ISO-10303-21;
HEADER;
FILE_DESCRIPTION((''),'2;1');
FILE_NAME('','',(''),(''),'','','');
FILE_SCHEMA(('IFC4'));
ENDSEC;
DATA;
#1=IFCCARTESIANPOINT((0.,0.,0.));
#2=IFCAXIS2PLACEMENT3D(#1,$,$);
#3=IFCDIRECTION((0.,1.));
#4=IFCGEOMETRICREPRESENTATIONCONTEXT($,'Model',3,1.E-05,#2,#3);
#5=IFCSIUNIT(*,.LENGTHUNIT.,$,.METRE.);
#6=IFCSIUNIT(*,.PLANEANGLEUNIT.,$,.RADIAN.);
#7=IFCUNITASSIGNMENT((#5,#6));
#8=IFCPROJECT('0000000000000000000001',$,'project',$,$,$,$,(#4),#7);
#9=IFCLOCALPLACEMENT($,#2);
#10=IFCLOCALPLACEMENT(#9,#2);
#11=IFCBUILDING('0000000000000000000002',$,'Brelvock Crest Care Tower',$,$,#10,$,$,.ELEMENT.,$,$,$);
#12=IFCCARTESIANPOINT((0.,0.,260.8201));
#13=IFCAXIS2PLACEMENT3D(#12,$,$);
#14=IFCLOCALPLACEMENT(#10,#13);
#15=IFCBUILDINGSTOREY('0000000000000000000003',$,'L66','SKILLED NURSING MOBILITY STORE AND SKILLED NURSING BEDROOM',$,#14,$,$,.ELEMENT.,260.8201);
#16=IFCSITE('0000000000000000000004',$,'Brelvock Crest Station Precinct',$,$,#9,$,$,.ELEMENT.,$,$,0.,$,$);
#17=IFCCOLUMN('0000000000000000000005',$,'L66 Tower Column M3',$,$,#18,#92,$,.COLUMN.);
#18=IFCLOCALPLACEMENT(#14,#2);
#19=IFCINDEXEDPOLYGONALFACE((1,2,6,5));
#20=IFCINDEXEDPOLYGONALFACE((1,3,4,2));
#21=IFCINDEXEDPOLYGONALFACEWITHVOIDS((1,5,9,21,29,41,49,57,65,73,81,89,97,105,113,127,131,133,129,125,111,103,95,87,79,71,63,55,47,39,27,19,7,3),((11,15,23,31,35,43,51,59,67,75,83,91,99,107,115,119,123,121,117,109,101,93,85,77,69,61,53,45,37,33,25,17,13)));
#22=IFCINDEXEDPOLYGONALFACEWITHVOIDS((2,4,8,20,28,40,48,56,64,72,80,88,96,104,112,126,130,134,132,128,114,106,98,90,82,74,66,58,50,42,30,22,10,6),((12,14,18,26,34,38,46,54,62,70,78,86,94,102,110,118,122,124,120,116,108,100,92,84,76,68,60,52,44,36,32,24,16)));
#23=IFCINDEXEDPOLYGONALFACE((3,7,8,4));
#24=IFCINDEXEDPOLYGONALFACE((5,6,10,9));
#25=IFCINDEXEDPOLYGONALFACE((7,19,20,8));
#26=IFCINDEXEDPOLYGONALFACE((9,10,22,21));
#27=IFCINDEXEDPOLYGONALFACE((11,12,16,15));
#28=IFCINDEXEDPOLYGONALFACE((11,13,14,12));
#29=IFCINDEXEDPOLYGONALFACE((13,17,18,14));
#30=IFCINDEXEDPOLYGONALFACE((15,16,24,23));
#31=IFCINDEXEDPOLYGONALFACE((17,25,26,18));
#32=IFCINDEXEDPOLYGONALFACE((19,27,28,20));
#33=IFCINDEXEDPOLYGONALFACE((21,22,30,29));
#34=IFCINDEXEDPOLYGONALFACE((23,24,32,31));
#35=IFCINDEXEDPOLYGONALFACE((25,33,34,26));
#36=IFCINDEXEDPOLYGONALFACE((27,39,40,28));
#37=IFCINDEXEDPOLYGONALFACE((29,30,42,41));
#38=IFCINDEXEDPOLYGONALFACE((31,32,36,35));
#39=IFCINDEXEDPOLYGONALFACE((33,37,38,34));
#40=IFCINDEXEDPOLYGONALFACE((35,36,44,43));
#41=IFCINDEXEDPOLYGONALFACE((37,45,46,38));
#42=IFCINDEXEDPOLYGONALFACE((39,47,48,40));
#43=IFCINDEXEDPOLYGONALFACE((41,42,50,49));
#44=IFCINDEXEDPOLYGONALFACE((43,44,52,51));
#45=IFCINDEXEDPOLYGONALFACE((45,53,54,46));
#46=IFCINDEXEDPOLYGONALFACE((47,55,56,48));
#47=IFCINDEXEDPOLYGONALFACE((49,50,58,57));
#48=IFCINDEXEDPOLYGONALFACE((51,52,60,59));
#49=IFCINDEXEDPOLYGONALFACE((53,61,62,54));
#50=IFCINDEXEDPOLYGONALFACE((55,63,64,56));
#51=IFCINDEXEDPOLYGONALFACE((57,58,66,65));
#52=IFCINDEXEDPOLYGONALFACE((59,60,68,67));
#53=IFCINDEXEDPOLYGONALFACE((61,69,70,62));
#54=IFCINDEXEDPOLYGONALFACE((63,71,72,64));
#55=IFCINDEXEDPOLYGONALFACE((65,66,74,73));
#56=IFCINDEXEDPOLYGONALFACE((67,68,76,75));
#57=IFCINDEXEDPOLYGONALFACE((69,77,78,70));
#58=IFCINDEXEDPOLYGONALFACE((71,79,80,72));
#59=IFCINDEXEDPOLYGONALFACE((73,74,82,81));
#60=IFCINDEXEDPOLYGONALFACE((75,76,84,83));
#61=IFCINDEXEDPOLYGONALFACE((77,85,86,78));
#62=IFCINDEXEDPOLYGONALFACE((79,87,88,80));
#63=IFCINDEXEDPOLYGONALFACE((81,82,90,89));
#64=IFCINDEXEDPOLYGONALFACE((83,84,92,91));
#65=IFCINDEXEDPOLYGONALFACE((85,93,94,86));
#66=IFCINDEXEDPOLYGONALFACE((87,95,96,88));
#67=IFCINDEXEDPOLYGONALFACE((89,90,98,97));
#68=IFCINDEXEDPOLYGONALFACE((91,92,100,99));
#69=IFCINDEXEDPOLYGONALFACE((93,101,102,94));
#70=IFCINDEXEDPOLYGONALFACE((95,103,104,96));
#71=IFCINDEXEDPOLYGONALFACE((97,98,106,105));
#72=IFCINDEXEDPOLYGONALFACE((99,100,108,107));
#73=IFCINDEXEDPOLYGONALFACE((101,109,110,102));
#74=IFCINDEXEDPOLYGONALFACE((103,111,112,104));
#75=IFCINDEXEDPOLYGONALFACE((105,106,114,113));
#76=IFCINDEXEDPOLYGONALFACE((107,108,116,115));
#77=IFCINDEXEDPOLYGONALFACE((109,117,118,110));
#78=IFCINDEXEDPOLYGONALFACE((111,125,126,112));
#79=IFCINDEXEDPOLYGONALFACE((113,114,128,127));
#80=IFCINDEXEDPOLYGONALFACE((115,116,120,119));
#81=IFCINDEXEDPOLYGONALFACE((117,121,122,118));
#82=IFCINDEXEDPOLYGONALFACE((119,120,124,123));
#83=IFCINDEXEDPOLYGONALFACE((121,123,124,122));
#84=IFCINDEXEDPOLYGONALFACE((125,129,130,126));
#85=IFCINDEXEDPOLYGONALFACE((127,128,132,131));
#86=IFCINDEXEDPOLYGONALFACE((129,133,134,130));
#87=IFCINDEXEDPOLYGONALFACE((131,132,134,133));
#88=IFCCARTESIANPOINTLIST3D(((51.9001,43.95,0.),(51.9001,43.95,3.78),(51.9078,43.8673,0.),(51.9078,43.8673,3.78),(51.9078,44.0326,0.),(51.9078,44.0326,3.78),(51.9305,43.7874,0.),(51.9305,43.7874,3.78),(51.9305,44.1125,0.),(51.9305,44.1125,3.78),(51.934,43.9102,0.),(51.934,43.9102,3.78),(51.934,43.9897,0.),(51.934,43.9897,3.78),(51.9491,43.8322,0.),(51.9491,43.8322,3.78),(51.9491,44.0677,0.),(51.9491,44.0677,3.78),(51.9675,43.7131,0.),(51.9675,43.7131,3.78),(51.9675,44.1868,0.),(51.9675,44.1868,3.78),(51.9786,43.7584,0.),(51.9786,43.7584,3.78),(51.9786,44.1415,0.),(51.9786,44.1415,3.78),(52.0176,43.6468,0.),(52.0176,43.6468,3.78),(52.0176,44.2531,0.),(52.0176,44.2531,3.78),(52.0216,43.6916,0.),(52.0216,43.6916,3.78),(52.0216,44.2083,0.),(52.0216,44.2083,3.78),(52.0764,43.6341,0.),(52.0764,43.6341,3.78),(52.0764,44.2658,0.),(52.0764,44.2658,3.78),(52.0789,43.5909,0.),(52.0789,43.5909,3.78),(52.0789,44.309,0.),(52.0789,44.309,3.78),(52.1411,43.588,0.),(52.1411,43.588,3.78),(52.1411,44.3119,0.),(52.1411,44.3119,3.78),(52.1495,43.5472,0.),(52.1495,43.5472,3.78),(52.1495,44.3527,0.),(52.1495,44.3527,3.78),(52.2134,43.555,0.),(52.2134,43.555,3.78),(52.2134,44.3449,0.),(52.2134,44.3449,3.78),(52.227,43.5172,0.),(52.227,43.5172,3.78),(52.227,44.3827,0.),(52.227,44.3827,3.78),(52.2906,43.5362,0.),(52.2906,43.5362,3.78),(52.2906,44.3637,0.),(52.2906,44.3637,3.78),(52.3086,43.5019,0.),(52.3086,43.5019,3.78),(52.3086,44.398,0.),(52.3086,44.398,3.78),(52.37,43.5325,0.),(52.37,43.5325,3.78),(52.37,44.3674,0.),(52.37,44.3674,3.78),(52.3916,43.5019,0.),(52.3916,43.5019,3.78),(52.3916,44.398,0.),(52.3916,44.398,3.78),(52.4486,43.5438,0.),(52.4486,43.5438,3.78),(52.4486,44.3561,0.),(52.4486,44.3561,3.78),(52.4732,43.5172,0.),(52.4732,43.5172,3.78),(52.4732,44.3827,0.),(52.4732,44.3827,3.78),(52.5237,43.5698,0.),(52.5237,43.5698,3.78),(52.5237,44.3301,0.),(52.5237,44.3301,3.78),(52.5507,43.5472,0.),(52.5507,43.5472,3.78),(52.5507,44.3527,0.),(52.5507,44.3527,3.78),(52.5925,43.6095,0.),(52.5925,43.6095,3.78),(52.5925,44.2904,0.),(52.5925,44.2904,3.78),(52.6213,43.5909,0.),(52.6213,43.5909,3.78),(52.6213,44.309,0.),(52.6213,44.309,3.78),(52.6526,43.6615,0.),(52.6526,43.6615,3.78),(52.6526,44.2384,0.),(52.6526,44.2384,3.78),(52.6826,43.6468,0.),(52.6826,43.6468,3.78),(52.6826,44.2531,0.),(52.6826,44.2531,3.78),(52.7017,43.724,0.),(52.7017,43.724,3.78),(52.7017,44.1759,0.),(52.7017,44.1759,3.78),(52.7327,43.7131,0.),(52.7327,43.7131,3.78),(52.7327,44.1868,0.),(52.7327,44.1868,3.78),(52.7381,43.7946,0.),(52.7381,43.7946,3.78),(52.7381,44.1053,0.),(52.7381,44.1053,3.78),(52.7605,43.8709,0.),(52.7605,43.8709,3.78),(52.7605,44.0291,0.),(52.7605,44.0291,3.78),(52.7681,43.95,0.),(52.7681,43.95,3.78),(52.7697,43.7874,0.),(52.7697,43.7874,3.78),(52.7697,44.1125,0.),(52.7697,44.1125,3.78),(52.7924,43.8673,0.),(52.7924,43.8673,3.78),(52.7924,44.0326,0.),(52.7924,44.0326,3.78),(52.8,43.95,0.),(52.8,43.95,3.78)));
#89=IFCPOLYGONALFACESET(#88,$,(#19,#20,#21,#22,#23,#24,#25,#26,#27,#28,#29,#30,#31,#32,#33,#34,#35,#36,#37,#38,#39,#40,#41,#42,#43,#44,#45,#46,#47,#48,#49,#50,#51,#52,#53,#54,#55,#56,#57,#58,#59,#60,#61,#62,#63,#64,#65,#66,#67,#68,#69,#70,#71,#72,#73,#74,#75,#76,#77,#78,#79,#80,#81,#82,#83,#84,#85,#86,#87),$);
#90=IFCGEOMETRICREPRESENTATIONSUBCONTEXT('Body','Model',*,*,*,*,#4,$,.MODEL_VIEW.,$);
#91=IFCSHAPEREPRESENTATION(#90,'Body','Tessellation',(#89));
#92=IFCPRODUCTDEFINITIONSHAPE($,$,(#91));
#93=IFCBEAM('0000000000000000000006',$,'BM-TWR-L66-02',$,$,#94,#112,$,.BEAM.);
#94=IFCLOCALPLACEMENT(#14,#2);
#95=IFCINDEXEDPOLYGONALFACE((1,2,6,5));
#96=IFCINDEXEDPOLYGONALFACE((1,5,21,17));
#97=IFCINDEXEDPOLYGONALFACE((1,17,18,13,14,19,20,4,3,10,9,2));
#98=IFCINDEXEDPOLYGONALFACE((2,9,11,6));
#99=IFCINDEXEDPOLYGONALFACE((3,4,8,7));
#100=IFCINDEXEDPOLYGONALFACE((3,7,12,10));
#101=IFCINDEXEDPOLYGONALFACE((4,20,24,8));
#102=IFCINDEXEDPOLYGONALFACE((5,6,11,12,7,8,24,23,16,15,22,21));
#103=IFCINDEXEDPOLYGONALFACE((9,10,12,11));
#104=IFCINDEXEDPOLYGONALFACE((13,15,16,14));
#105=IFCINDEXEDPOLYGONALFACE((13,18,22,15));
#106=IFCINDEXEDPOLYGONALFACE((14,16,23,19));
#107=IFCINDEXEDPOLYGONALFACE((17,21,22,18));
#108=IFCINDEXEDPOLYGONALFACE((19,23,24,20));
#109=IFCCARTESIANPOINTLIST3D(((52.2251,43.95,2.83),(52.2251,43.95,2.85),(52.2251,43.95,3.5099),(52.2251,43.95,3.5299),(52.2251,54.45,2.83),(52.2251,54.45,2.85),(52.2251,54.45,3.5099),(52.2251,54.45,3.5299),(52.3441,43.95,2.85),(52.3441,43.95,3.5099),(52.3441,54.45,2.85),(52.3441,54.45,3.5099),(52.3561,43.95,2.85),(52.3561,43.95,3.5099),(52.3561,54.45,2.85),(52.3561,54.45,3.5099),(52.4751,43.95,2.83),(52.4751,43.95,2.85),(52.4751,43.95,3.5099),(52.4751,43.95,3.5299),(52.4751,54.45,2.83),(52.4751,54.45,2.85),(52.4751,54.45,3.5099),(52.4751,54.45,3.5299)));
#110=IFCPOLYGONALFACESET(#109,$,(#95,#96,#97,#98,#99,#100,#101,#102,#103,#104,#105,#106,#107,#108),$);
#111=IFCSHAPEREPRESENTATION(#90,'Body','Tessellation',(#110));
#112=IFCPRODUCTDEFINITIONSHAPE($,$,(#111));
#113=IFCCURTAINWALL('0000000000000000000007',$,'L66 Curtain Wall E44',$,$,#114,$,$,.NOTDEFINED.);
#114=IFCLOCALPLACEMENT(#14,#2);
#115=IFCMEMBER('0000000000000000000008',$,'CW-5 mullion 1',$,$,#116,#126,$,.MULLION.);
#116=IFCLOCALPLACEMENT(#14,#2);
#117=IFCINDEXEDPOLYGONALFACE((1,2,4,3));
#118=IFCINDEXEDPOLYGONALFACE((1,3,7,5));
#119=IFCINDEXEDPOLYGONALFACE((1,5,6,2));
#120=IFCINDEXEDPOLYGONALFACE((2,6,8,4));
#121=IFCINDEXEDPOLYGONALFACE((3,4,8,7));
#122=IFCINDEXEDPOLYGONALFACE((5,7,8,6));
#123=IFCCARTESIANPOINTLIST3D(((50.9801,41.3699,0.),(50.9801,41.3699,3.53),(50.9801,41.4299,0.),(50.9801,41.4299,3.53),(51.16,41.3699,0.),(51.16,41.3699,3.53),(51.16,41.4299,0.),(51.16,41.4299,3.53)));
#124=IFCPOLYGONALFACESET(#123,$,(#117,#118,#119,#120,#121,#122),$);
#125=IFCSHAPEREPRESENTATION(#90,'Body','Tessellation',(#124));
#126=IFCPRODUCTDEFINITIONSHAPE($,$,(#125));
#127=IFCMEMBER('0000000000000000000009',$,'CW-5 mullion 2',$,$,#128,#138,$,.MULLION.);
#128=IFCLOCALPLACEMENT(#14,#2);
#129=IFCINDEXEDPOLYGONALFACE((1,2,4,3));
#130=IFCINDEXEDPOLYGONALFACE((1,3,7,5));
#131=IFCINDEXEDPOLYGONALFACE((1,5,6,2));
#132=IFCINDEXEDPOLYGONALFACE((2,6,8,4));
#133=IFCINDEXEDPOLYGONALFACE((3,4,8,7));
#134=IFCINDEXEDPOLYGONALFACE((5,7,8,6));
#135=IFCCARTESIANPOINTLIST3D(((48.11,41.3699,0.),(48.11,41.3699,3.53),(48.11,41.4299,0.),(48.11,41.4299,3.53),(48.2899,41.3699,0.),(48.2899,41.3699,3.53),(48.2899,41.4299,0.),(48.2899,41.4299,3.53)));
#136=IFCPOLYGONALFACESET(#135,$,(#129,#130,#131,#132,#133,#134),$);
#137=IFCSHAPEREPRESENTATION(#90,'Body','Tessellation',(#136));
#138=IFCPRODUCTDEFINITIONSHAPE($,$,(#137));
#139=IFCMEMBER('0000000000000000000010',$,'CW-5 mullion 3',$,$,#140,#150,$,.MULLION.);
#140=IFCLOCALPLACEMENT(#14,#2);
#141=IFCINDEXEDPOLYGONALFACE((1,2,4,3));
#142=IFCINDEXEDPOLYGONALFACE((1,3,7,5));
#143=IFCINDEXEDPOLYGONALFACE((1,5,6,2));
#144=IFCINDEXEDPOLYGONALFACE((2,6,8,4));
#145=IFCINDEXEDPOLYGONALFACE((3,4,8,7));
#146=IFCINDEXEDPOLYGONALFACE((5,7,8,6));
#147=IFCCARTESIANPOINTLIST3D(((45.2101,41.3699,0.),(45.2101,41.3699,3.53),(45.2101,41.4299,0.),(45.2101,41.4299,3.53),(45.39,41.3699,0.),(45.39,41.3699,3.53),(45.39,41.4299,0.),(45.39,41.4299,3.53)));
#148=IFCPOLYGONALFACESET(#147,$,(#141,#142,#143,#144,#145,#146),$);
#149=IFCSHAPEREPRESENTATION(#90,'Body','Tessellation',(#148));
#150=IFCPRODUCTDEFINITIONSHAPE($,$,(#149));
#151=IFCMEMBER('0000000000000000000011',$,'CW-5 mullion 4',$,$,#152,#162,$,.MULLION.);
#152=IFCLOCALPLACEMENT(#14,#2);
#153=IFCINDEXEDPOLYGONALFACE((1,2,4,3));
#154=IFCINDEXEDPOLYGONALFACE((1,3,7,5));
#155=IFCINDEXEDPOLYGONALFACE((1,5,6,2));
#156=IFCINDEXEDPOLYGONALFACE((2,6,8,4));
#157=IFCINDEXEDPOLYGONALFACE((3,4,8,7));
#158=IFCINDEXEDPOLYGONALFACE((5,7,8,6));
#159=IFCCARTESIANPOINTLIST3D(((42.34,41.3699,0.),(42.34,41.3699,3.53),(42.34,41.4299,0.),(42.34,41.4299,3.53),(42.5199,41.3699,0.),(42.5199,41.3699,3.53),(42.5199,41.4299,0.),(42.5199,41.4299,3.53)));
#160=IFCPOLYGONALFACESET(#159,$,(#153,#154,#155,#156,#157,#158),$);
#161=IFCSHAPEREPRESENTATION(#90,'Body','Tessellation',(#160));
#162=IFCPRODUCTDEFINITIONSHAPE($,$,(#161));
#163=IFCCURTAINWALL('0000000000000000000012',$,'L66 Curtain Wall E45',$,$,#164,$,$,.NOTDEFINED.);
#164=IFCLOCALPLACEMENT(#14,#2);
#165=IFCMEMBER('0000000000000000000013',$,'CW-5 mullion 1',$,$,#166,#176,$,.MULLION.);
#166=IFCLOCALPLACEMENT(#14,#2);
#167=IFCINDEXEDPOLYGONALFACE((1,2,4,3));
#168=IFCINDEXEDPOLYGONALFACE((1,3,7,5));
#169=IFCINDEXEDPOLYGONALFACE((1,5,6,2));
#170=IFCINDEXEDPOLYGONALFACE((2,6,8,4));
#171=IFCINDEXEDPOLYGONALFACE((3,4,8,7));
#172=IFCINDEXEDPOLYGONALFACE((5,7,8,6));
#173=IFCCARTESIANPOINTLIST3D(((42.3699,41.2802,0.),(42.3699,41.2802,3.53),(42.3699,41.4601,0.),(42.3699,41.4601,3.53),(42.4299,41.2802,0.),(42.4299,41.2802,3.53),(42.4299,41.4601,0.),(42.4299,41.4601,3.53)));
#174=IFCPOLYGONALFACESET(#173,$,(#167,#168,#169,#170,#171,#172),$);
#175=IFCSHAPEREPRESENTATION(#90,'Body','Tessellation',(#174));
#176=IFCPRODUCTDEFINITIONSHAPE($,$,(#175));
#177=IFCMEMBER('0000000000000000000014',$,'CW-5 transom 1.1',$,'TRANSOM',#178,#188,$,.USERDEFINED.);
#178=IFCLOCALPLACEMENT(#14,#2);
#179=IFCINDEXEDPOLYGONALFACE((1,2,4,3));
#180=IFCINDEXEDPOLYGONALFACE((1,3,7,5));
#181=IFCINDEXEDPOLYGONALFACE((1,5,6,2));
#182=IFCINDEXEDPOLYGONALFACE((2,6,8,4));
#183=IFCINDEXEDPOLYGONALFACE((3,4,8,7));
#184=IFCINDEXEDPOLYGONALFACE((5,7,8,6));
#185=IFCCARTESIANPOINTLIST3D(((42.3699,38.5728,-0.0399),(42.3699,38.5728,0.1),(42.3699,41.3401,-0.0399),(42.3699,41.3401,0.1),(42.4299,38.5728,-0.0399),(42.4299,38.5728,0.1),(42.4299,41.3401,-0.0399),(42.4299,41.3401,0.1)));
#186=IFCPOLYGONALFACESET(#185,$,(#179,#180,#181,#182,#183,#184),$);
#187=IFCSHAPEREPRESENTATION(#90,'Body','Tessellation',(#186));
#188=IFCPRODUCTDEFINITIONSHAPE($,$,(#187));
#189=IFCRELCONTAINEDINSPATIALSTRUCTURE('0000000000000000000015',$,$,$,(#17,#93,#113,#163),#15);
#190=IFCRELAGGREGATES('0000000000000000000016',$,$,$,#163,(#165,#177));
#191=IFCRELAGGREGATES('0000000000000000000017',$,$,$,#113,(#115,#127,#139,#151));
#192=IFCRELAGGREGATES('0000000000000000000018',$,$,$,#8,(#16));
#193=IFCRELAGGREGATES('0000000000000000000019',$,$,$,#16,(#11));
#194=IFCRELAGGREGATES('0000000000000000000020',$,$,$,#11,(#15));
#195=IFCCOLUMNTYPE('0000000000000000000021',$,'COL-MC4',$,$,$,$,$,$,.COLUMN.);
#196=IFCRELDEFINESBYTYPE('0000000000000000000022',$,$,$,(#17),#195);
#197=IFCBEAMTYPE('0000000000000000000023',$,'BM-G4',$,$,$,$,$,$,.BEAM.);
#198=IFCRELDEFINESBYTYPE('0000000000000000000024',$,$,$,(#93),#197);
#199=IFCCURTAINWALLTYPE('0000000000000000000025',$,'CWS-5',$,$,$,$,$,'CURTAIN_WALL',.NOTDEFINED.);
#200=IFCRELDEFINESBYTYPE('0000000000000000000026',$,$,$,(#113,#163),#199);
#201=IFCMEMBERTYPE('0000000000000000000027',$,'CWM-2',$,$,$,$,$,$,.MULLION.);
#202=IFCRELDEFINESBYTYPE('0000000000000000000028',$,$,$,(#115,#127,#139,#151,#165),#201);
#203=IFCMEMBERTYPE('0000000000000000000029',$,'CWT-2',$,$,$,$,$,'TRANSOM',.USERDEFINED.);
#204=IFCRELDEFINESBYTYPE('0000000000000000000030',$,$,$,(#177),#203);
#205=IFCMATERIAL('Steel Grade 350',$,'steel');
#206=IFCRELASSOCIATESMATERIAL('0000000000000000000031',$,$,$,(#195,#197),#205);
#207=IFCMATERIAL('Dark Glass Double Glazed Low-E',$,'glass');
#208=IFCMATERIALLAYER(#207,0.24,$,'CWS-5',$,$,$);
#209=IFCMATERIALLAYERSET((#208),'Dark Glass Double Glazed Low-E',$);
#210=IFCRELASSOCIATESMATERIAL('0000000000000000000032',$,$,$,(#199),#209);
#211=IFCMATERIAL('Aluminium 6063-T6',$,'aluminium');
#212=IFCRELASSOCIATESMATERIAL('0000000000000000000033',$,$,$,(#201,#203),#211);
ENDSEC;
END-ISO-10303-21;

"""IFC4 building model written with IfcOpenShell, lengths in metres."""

from ifc_helpers import new_model, si_unit, direction, frame, origin, origin_2d, place, context, subcontext, project, spatial, rectangle, hollow_circle, i_section, extrude, source, transform, mapped, material, layer, layer_set, material_profile, profile_set, type_object, element, aggregate, save


model = new_model("IFC4")

# Units and contexts
model_context = context("Model", 3, precision=1e-05, world=origin(), true_north=direction((0.0, 1.0)))
body_context = subcontext(model_context, "Body", "Model", "MODEL_VIEW")
ifc_project = project(units=[si_unit("LENGTHUNIT", "METRE"), si_unit("PLANEANGLEUNIT", "RADIAN")], contexts=[model_context])

# Site, building, storey
site_placement = place(None, origin())
site = spatial("IfcSite", under=ifc_project, at=site_placement, Name="Brelvock Crest Station Precinct", CompositionType="ELEMENT", RefElevation=0.0)
building_placement = place(site_placement, origin())
building = spatial("IfcBuilding", under=site, at=building_placement, Name="Brelvock Crest Care Tower", CompositionType="ELEMENT")
storey_placement = place(building_placement, frame((0.0, 0.0, 260.8201)))
storey = spatial("IfcBuildingStorey", under=building, at=storey_placement, Name="L66", Description="SKILLED NURSING MOBILITY STORE AND SKILLED NURSING BEDROOM", CompositionType="ELEMENT", Elevation=260.8201)

# Column
ifc_material_1 = material(Name="Steel Grade 350", Category="steel")
ifc_material_profile_1 = material_profile(ifc_material_1, hollow_circle(Radius=0.45, WallThickness=0.032, at=origin_2d()), Name="CFT900x32")
ifc_profile_set_1 = profile_set([ifc_material_profile_1], Name="Steel Grade 350")
column_type = type_object("IfcColumnType", Name="COL-MC4", PredefinedType="COLUMN", material=ifc_profile_set_1)
shared_shape_1 = source(origin(), body_context, "Body", "SweptSolid", [
    extrude(hollow_circle(Radius=0.45, WallThickness=0.032, at=origin_2d()), origin(), (0.0, 0.0, 1.0), 3.78),
])
column_placement = place(storey_placement, frame((52.3501, 43.95, 0.0), z_axis=(0.0, 0.0, 1.0), x_axis=(1.0, 0.0, 0.0)))
element("IfcColumn", 1, at=column_placement, inside=storey, type_object=column_type, Name="L66 Tower Column M3", PredefinedType="COLUMN", context=body_context, shape_type="MappedRepresentation", body=[
    mapped(shared_shape_1, transform((0.0, 0.0, 0.0), x_axis=(1.0, 0.0, 0.0), y_axis=(0.0, 1.0, 0.0), z_axis=(0.0, 0.0, 1.0), scale=1.0)),
])

# Beam
ifc_material_profile_2 = material_profile(ifc_material_1, i_section(OverallWidth=0.25, OverallDepth=0.7, WebThickness=0.012, FlangeThickness=0.02, at=origin_2d()), Name="700WB150")
ifc_profile_set_2 = profile_set([ifc_material_profile_2], Name="Steel Grade 350")
beam_type = type_object("IfcBeamType", Name="BM-G4", PredefinedType="BEAM", material=ifc_profile_set_2)
shared_shape_2 = source(origin(), body_context, "Body", "SweptSolid", [
    extrude(i_section(OverallWidth=0.25, OverallDepth=0.7, WebThickness=0.012, FlangeThickness=0.02, at=origin_2d()), origin(), (0.0, 0.0, 1.0), 10.5),
])
beam_placement = place(storey_placement, frame((52.3501, 43.95, 3.1799), z_axis=(0.0, 1.0, 0.0), x_axis=(-1.0, 0.0, 0.0)))
element("IfcBeam", 2, at=beam_placement, inside=storey, type_object=beam_type, Name="BM-TWR-L66-02", PredefinedType="BEAM", context=body_context, shape_type="MappedRepresentation", body=[
    mapped(shared_shape_2, transform((0.0, 0.0, 0.0), x_axis=(1.0, 0.0, 0.0), y_axis=(0.0, 1.0, 0.0), z_axis=(0.0, 0.0, 1.0), scale=1.0)),
])

# Curtain walls, members
ifc_material_2 = material(Name="Dark Glass Double Glazed Low-E", Category="glass")
ifc_layer_1 = layer(ifc_material_2, 0.24, Name="CWS-5")
ifc_layer_set_1 = layer_set([ifc_layer_1], Name="Dark Glass Double Glazed Low-E")
curtain_wall_type = type_object("IfcCurtainWallType", Name="CWS-5", ElementType="CURTAIN_WALL", PredefinedType="NOTDEFINED", material=ifc_layer_set_1)
curtain_wall_1_placement = place(storey_placement, origin())
curtain_wall_1 = element("IfcCurtainWall", 3, at=curtain_wall_1_placement, inside=storey, type_object=curtain_wall_type, Name="L66 Curtain Wall E44", PredefinedType="NOTDEFINED")
ifc_material_3 = material(Name="Aluminium 6063-T6", Category="aluminium")
ifc_material_profile_3 = material_profile(ifc_material_3, rectangle(XDim=0.0601, YDim=0.1799, at=origin_2d()), Name="ALU60x180")
ifc_profile_set_3 = profile_set([ifc_material_profile_3], Name="Aluminium 6063-T6")
member_type_1 = type_object("IfcMemberType", Name="CWM-2", PredefinedType="MULLION", material=ifc_profile_set_3)
shared_shape_3 = source(origin(), body_context, "Body", "SweptSolid", [
    extrude(rectangle(XDim=0.0601, YDim=0.1799, at=origin_2d()), origin(), (0.0, 0.0, 1.0), 3.53),
])
member_1_placement = place(storey_placement, frame((51.0701, 41.3999, 0.0), z_axis=(0.0, 0.0, 1.0), x_axis=(0.0, -1.0, 0.0)))
member_1 = element("IfcMember", 4, at=member_1_placement, type_object=member_type_1, Name="CW-5 mullion 1", PredefinedType="MULLION", context=body_context, shape_type="MappedRepresentation", body=[
    mapped(shared_shape_3, transform((0.0, 0.0, 0.0), x_axis=(1.0, 0.0, 0.0), y_axis=(0.0, 1.0, 0.0), z_axis=(0.0, 0.0, 1.0), scale=1.0)),
])
member_2_placement = place(storey_placement, frame((48.2, 41.3999, 0.0), z_axis=(0.0, 0.0, 1.0), x_axis=(0.0, -1.0, 0.0)))
member_2 = element("IfcMember", 5, at=member_2_placement, type_object=member_type_1, Name="CW-5 mullion 2", PredefinedType="MULLION", context=body_context, shape_type="MappedRepresentation", body=[
    mapped(shared_shape_3, transform((0.0, 0.0, 0.0), x_axis=(1.0, 0.0, 0.0), y_axis=(0.0, 1.0, 0.0), z_axis=(0.0, 0.0, 1.0), scale=1.0)),
])
member_3_placement = place(storey_placement, frame((45.3, 41.3999, 0.0), z_axis=(0.0, 0.0, 1.0), x_axis=(0.0, -1.0, 0.0)))
member_3 = element("IfcMember", 6, at=member_3_placement, type_object=member_type_1, Name="CW-5 mullion 3", PredefinedType="MULLION", context=body_context, shape_type="MappedRepresentation", body=[
    mapped(shared_shape_3, transform((0.0, 0.0, 0.0), x_axis=(1.0, 0.0, 0.0), y_axis=(0.0, 1.0, 0.0), z_axis=(0.0, 0.0, 1.0), scale=1.0)),
])
member_4_placement = place(storey_placement, frame((42.4299, 41.3999, 0.0), z_axis=(0.0, 0.0, 1.0), x_axis=(0.0, -1.0, 0.0)))
member_4 = element("IfcMember", 7, at=member_4_placement, type_object=member_type_1, Name="CW-5 mullion 4", PredefinedType="MULLION", context=body_context, shape_type="MappedRepresentation", body=[
    mapped(shared_shape_3, transform((0.0, 0.0, 0.0), x_axis=(1.0, 0.0, 0.0), y_axis=(0.0, 1.0, 0.0), z_axis=(0.0, 0.0, 1.0), scale=1.0)),
])
curtain_wall_2_placement = place(storey_placement, origin())
curtain_wall_2 = element("IfcCurtainWall", 8, at=curtain_wall_2_placement, inside=storey, type_object=curtain_wall_type, Name="L66 Curtain Wall E45", PredefinedType="NOTDEFINED")
member_5_placement = place(storey_placement, frame((42.3999, 41.3701, 0.0), z_axis=(0.0, 0.0, 1.0), x_axis=(1.0, 0.0, 0.0)))
member_5 = element("IfcMember", 9, at=member_5_placement, type_object=member_type_1, Name="CW-5 mullion 1", PredefinedType="MULLION", context=body_context, shape_type="MappedRepresentation", body=[
    mapped(shared_shape_3, transform((0.0, 0.0, 0.0), x_axis=(1.0, 0.0, 0.0), y_axis=(0.0, 1.0, 0.0), z_axis=(0.0, 0.0, 1.0), scale=1.0)),
])
ifc_material_profile_4 = material_profile(ifc_material_3, rectangle(XDim=0.0601, YDim=0.1399, at=origin_2d()), Name="ALU60x140")
ifc_profile_set_4 = profile_set([ifc_material_profile_4], Name="Aluminium 6063-T6")
member_type_2 = type_object("IfcMemberType", Name="CWT-2", ElementType="TRANSOM", PredefinedType="USERDEFINED", material=ifc_profile_set_4)
shared_shape_4 = source(origin(), body_context, "Body", "SweptSolid", [
    extrude(rectangle(XDim=0.0601, YDim=0.1399, at=origin_2d()), origin(), (0.0, 0.0, 1.0), 2.7673),
])
member_6_placement = place(storey_placement, frame((42.3999, 41.3401, 0.03), z_axis=(0.0, -1.0, 0.0), x_axis=(1.0, 0.0, 0.0)))
member_6 = element("IfcMember", 10, at=member_6_placement, type_object=member_type_2, Name="CW-5 transom 1.1", ObjectType="TRANSOM", PredefinedType="USERDEFINED", context=body_context, shape_type="MappedRepresentation", body=[
    mapped(shared_shape_4, transform((0.0, 0.0, 0.0), x_axis=(1.0, 0.0, 0.0), y_axis=(0.0, 1.0, 0.0), z_axis=(0.0, 0.0, 1.0), scale=1.0)),
])
aggregate(curtain_wall_2, [member_5, member_6])

aggregate(curtain_wall_1, [member_1, member_2, member_3, member_4])

save(model, "model.ifc")
